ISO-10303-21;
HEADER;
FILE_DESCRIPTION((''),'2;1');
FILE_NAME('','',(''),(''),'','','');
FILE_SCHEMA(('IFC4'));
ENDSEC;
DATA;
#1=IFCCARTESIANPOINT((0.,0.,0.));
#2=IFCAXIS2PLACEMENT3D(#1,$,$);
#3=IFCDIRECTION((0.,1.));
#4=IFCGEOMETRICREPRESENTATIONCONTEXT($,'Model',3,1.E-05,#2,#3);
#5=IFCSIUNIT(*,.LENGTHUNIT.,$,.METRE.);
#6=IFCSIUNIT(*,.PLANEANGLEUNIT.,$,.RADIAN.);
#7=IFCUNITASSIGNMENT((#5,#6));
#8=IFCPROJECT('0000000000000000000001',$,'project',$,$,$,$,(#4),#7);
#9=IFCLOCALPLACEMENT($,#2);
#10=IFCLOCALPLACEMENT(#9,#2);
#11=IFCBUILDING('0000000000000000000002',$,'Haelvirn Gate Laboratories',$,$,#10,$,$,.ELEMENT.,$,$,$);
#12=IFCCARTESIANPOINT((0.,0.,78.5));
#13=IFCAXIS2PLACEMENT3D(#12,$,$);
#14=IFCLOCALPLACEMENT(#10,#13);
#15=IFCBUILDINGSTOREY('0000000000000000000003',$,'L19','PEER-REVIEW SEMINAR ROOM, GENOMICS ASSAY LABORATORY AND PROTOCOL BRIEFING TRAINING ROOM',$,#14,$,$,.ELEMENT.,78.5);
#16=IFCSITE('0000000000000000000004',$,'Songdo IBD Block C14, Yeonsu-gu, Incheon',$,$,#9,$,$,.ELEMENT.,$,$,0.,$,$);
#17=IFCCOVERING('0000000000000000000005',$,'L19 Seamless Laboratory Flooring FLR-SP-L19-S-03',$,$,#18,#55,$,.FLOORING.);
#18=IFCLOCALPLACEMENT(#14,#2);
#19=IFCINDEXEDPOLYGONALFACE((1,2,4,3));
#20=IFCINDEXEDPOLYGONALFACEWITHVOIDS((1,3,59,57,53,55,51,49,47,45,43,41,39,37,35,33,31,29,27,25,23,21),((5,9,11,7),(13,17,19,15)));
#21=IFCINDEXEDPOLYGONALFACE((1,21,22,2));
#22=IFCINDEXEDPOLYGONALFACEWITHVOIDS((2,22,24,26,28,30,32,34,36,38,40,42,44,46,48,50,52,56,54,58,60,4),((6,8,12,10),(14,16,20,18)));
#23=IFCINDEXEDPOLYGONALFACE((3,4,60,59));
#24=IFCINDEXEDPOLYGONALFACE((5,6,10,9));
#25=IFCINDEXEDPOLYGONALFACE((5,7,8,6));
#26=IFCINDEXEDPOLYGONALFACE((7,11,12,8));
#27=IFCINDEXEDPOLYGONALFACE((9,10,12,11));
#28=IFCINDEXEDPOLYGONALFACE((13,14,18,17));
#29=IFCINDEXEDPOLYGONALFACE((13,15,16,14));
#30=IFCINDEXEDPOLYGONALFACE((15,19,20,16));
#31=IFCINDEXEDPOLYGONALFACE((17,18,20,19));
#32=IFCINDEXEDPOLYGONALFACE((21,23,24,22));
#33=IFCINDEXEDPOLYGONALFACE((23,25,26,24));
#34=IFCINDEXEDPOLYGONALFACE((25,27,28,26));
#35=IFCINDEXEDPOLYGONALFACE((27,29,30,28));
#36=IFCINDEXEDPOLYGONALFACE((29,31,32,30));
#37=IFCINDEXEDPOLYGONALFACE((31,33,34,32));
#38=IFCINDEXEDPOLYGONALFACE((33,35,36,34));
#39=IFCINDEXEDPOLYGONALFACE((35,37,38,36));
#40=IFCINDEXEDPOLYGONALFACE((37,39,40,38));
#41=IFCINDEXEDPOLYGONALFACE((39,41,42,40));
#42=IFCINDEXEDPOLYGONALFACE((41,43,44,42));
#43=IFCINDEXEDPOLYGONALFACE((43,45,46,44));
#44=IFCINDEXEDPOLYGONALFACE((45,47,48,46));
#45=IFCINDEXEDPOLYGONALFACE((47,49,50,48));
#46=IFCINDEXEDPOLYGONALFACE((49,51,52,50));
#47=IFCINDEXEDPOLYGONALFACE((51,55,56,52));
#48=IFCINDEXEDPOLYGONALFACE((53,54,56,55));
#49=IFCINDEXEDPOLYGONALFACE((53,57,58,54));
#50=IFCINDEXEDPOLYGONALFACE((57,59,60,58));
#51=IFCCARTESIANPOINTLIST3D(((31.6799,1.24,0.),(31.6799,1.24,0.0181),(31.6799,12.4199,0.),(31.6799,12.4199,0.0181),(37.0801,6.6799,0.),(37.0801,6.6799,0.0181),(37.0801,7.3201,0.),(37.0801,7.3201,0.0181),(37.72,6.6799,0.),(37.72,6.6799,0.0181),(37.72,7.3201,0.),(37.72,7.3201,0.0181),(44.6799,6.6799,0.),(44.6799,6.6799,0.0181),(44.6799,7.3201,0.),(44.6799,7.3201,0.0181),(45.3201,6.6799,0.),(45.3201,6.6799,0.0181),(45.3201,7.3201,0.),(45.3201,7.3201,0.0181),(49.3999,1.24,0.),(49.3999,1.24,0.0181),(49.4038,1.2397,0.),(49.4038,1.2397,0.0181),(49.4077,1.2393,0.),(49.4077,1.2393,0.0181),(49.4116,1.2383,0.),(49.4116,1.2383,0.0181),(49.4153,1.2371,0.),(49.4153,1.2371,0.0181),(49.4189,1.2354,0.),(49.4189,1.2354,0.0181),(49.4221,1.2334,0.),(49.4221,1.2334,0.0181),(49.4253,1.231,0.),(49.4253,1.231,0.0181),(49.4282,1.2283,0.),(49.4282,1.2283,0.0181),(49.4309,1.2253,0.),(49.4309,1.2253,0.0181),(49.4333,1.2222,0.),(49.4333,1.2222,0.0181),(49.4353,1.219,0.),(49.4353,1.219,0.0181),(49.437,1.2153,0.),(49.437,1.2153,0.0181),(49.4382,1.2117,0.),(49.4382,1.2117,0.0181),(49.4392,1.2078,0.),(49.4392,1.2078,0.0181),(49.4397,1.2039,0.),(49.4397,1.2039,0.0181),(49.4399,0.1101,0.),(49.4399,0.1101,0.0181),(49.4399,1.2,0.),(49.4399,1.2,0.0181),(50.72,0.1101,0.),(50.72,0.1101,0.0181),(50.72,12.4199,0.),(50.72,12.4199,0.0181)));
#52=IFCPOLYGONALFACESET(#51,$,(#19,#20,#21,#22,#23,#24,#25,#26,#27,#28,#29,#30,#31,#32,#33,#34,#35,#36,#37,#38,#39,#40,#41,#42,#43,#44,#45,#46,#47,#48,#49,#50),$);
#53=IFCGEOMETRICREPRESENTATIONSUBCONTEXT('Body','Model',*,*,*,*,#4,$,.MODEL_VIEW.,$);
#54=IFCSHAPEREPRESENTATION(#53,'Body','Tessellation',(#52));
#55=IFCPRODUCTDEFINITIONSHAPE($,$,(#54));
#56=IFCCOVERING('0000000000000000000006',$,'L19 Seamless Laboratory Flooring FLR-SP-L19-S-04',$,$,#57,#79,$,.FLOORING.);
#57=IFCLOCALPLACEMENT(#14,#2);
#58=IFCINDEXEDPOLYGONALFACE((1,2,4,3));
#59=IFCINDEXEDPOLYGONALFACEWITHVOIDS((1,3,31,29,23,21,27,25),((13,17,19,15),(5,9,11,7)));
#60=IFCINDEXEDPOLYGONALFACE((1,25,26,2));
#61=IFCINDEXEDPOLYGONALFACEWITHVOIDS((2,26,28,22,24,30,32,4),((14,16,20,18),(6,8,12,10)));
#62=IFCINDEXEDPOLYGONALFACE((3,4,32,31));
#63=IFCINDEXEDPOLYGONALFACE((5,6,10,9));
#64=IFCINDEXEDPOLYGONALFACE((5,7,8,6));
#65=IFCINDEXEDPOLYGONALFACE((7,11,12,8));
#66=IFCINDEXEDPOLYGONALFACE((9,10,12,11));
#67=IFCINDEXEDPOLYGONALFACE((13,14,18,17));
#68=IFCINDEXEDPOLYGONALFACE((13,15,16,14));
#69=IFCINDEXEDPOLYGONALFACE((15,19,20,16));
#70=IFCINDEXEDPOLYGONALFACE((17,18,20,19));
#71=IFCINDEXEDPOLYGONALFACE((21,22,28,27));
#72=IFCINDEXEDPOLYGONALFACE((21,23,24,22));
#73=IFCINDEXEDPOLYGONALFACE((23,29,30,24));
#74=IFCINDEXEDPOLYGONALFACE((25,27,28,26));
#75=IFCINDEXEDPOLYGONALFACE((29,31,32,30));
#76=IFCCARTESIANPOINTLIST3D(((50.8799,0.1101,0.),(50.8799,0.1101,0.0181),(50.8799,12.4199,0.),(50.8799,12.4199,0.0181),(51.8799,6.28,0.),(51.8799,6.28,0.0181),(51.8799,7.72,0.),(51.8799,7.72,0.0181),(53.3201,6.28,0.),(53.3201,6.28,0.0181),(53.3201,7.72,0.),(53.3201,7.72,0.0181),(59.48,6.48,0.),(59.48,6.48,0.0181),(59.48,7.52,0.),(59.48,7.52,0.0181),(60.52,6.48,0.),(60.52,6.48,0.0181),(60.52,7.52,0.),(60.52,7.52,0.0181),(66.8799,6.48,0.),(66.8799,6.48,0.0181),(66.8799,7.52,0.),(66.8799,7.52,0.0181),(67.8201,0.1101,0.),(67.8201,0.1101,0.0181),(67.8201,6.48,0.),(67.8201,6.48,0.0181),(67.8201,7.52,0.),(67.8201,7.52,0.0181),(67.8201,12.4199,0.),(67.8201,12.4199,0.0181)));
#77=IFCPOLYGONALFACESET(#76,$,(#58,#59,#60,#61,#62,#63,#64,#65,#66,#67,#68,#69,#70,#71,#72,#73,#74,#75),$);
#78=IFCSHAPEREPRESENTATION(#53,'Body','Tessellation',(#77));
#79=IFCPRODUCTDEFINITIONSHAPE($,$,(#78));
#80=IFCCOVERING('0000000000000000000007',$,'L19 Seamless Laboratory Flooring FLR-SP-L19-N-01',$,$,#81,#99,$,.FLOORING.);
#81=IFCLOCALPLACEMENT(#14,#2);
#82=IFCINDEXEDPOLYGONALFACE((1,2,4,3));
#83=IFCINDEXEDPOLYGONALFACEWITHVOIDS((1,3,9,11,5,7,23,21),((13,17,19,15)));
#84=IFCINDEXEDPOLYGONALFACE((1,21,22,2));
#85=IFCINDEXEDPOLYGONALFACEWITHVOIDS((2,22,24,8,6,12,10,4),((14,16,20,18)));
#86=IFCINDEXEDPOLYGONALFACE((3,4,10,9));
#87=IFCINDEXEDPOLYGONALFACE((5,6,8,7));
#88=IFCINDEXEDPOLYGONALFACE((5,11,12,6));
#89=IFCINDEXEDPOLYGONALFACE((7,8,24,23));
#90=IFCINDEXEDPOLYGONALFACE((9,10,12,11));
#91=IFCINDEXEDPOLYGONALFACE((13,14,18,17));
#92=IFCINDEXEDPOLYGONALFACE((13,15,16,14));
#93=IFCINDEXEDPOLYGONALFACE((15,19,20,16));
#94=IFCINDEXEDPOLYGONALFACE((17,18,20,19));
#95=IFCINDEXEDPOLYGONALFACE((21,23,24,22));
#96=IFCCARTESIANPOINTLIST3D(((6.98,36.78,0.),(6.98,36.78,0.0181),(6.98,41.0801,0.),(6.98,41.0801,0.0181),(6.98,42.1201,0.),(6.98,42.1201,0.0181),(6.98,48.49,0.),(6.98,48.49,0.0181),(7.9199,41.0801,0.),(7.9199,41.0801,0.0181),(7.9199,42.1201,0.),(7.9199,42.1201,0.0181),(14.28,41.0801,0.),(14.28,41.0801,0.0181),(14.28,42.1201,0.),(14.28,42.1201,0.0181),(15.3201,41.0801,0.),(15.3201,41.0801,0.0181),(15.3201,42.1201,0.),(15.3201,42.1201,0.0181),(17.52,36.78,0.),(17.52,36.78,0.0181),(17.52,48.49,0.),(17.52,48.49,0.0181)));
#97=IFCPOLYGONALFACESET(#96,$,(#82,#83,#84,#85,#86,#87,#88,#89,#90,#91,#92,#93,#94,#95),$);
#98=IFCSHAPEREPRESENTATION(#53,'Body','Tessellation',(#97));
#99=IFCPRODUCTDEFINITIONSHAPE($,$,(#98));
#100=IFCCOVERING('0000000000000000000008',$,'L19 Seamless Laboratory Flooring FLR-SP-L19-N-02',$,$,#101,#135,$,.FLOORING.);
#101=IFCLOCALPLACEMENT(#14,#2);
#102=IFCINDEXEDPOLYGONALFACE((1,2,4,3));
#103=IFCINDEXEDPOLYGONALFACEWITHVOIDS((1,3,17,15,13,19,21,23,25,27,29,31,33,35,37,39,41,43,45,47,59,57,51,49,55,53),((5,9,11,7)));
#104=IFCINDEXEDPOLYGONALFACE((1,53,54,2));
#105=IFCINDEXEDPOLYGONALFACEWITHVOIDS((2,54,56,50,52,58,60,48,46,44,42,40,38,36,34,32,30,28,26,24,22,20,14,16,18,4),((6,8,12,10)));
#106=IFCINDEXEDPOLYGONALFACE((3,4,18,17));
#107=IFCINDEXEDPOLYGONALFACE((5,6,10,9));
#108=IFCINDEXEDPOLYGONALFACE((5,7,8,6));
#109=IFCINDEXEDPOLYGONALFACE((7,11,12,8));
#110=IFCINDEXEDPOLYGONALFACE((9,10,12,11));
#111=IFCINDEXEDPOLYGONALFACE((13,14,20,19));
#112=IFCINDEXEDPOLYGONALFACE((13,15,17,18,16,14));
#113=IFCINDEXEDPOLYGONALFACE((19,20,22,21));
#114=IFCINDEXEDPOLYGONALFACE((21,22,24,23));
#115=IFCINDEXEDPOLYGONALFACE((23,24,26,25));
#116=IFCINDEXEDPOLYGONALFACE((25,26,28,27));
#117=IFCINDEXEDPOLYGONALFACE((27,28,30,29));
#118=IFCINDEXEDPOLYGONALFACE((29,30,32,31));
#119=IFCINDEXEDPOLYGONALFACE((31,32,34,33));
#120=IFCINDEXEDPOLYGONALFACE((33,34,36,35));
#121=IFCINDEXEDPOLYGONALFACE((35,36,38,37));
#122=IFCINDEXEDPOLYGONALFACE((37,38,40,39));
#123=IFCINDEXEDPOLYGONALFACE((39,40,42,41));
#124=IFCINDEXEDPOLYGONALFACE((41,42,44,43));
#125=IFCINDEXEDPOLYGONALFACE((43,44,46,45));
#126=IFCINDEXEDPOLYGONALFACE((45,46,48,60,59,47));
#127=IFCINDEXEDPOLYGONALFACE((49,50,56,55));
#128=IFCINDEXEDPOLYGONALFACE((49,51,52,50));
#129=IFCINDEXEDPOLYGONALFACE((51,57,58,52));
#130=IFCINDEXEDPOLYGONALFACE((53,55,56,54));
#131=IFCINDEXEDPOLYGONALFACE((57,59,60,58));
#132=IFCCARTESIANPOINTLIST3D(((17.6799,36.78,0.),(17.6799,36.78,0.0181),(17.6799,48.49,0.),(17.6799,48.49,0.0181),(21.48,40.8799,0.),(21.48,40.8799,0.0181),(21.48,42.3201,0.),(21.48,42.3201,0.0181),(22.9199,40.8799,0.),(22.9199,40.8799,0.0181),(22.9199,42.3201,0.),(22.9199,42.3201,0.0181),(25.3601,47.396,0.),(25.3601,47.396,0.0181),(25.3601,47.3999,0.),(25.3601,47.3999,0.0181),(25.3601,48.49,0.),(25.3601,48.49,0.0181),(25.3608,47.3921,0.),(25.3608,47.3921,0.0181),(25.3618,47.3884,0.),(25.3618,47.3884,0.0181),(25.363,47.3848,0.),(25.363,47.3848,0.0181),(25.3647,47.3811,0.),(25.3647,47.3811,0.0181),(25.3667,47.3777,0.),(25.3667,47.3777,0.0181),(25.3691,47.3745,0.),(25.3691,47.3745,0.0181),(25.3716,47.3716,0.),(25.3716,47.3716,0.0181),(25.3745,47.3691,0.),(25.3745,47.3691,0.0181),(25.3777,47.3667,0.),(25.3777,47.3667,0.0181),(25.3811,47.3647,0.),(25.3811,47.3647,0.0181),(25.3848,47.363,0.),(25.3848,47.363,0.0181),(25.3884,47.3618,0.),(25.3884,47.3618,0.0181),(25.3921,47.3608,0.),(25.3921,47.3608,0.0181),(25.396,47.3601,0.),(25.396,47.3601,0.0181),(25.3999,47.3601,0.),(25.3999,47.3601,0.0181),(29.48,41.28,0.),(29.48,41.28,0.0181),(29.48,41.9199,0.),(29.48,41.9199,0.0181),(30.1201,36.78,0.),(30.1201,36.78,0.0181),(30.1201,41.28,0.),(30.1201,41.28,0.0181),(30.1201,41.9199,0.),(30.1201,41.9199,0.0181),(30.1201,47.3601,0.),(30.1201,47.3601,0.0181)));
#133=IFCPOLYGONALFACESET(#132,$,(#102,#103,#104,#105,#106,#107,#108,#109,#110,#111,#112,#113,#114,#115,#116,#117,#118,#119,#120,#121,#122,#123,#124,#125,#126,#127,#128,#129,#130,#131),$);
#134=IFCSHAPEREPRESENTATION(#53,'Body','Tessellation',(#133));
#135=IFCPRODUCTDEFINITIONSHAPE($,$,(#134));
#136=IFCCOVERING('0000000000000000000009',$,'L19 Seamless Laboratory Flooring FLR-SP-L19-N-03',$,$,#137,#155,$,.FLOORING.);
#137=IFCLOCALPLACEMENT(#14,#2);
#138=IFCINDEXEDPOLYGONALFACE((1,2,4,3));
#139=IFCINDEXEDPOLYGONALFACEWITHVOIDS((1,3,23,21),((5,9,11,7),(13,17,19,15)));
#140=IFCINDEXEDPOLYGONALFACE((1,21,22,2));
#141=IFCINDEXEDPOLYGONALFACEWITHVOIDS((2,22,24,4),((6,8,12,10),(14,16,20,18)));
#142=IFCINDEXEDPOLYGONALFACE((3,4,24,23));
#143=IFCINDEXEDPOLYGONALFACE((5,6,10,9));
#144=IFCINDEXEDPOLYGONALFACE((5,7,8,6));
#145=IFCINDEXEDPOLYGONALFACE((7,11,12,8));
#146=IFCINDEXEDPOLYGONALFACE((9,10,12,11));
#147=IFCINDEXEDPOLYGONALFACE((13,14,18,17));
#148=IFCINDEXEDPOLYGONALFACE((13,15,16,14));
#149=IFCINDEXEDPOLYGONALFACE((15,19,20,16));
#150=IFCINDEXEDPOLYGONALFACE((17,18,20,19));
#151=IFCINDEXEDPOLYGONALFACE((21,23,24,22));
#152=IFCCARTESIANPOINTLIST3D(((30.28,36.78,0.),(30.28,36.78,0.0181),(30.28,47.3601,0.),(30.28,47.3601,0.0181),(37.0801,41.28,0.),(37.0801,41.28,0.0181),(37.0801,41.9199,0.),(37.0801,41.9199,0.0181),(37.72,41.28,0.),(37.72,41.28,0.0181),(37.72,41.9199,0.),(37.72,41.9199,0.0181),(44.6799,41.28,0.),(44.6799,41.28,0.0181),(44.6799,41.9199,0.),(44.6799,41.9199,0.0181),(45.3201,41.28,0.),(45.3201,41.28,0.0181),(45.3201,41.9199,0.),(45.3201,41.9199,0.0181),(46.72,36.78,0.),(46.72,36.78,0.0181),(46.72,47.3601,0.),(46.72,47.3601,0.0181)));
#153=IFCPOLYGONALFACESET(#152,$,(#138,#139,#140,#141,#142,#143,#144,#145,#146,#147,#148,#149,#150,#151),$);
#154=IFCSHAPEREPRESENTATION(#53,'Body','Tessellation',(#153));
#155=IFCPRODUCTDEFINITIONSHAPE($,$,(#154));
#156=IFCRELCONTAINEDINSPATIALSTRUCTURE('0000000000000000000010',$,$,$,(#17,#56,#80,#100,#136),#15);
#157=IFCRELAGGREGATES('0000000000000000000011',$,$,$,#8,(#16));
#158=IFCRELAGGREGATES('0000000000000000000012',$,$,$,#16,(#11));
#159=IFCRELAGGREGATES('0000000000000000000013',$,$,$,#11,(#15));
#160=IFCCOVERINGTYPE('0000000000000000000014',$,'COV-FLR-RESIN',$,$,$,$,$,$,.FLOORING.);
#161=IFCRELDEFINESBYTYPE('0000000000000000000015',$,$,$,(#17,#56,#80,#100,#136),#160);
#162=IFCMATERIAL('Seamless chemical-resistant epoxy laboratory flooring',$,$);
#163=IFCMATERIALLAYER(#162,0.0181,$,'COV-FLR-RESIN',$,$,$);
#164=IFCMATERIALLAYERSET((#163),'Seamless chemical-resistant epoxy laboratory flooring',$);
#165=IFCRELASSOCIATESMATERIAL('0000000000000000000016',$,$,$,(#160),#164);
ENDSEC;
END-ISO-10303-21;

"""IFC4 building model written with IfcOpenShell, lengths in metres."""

from ifc_helpers import new_model, si_unit, direction, frame, origin, place, context, subcontext, project, spatial, polyline, outline, extrude, material, layer, layer_set, type_object, element, save


model = new_model("IFC4")

# Units and contexts
model_context = context("Model", 3, precision=1e-05, world=origin(), true_north=direction((0.0, 1.0)))
body_context = subcontext(model_context, "Body", "Model", "MODEL_VIEW")
ifc_project = project(units=[si_unit("LENGTHUNIT", "METRE"), si_unit("PLANEANGLEUNIT", "RADIAN")], contexts=[model_context])

# Site, building, storey
site_placement = place(None, origin())
site = spatial("IfcSite", under=ifc_project, at=site_placement, Name="Songdo IBD Block C14, Yeonsu-gu, Incheon", CompositionType="ELEMENT", RefElevation=0.0)
building_placement = place(site_placement, origin())
building = spatial("IfcBuilding", under=site, at=building_placement, Name="Haelvirn Gate Laboratories", CompositionType="ELEMENT")
storey_placement = place(building_placement, frame((0.0, 0.0, 78.5)))
storey = spatial("IfcBuildingStorey", under=building, at=storey_placement, Name="L19", Description="PEER-REVIEW SEMINAR ROOM, GENOMICS ASSAY LABORATORY AND PROTOCOL BRIEFING TRAINING ROOM", CompositionType="ELEMENT", Elevation=78.5)

# Coverings
ifc_material_1 = material(Name="Seamless chemical-resistant epoxy laboratory flooring")
ifc_layer_1 = layer(ifc_material_1, 0.0181, Name="COV-FLR-RESIN")
ifc_layer_set_1 = layer_set([ifc_layer_1], Name="Seamless chemical-resistant epoxy laboratory flooring")
covering_type = type_object("IfcCoveringType", Name="COV-FLR-RESIN", PredefinedType="FLOORING", material=ifc_layer_set_1)
covering_1_placement = place(storey_placement, origin())
element("IfcCovering", 1, at=covering_1_placement, inside=storey, type_object=covering_type, Name="L19 Seamless Laboratory Flooring FLR-SP-L19-S-03", PredefinedType="FLOORING", context=body_context, shape_type="SweptSolid", body=[
    extrude(outline(polyline([(49.4399, 0.1101), (49.4399, 1.2), (49.4397, 1.2039), (49.4392, 1.2078), (49.4382, 1.2117), (49.437, 1.2153), (49.4353, 1.219), (49.4333, 1.2222), (49.4309, 1.2253), (49.4282, 1.2283), (49.4253, 1.231), (49.4221, 1.2334), (49.4189, 1.2354), (49.4153, 1.2371), (49.4116, 1.2383), (49.4077, 1.2393), (49.4038, 1.2397), (49.3999, 1.24), (31.6799, 1.24), (31.6799, 12.4199), (50.72, 12.4199), (50.72, 0.1101), (49.4399, 0.1101)]), holes=[polyline([(37.0801, 6.6799), (37.72, 6.6799), (37.72, 7.3201), (37.0801, 7.3201), (37.0801, 6.6799)]), polyline([(44.6799, 7.3201), (44.6799, 6.6799), (45.3201, 6.6799), (45.3201, 7.3201), (44.6799, 7.3201)])]), origin(), (0.0, 0.0, 1.0), 0.0181),
])
covering_2_placement = place(storey_placement, origin())
element("IfcCovering", 2, at=covering_2_placement, inside=storey, type_object=covering_type, Name="L19 Seamless Laboratory Flooring FLR-SP-L19-S-04", PredefinedType="FLOORING", context=body_context, shape_type="SweptSolid", body=[
    extrude(outline(polyline([(66.8799, 7.52), (66.8799, 6.48), (67.8201, 6.48), (67.8201, 0.1101), (50.8799, 0.1101), (50.8799, 12.4199), (67.8201, 12.4199), (67.8201, 7.52), (66.8799, 7.52)]), holes=[polyline([(53.3201, 6.28), (53.3201, 7.72), (51.8799, 7.72), (51.8799, 6.28), (53.3201, 6.28)]), polyline([(59.48, 6.48), (60.52, 6.48), (60.52, 7.52), (59.48, 7.52), (59.48, 6.48)])]), origin(), (0.0, 0.0, 1.0), 0.0181),
])
covering_3_placement = place(storey_placement, origin())
element("IfcCovering", 3, at=covering_3_placement, inside=storey, type_object=covering_type, Name="L19 Seamless Laboratory Flooring FLR-SP-L19-N-01", PredefinedType="FLOORING", context=body_context, shape_type="SweptSolid", body=[
    extrude(outline(polyline([(17.52, 36.78), (6.98, 36.78), (6.98, 41.0801), (7.9199, 41.0801), (7.9199, 42.1201), (6.98, 42.1201), (6.98, 48.49), (17.52, 48.49), (17.52, 36.78)]), holes=[polyline([(14.28, 41.0801), (15.3201, 41.0801), (15.3201, 42.1201), (14.28, 42.1201), (14.28, 41.0801)])]), origin(), (0.0, 0.0, 1.0), 0.0181),
])
covering_4_placement = place(storey_placement, origin())
element("IfcCovering", 4, at=covering_4_placement, inside=storey, type_object=covering_type, Name="L19 Seamless Laboratory Flooring FLR-SP-L19-N-02", PredefinedType="FLOORING", context=body_context, shape_type="SweptSolid", body=[
    extrude(outline(polyline([(25.3601, 48.49), (25.3601, 47.3999), (25.3601, 47.396), (25.3608, 47.3921), (25.3618, 47.3884), (25.363, 47.3848), (25.3647, 47.3811), (25.3667, 47.3777), (25.3691, 47.3745), (25.3716, 47.3716), (25.3745, 47.3691), (25.3777, 47.3667), (25.3811, 47.3647), (25.3848, 47.363), (25.3884, 47.3618), (25.3921, 47.3608), (25.396, 47.3601), (25.3999, 47.3601), (30.1201, 47.3601), (30.1201, 41.9199), (29.48, 41.9199), (29.48, 41.28), (30.1201, 41.28), (30.1201, 36.78), (17.6799, 36.78), (17.6799, 48.49), (25.3601, 48.49)]), holes=[polyline([(21.48, 40.8799), (22.9199, 40.8799), (22.9199, 42.3201), (21.48, 42.3201), (21.48, 40.8799)])]), origin(), (0.0, 0.0, 1.0), 0.0181),
])
covering_5_placement = place(storey_placement, origin())
element("IfcCovering", 5, at=covering_5_placement, inside=storey, type_object=covering_type, Name="L19 Seamless Laboratory Flooring FLR-SP-L19-N-03", PredefinedType="FLOORING", context=body_context, shape_type="SweptSolid", body=[
    extrude(outline(polyline([(46.72, 47.3601), (46.72, 36.78), (30.28, 36.78), (30.28, 47.3601), (46.72, 47.3601)]), holes=[polyline([(37.0801, 41.28), (37.72, 41.28), (37.72, 41.9199), (37.0801, 41.9199), (37.0801, 41.28)]), polyline([(44.6799, 41.9199), (44.6799, 41.28), (45.3201, 41.28), (45.3201, 41.9199), (44.6799, 41.9199)])]), origin(), (0.0, 0.0, 1.0), 0.0181),
])

save(model, "model.ifc")
